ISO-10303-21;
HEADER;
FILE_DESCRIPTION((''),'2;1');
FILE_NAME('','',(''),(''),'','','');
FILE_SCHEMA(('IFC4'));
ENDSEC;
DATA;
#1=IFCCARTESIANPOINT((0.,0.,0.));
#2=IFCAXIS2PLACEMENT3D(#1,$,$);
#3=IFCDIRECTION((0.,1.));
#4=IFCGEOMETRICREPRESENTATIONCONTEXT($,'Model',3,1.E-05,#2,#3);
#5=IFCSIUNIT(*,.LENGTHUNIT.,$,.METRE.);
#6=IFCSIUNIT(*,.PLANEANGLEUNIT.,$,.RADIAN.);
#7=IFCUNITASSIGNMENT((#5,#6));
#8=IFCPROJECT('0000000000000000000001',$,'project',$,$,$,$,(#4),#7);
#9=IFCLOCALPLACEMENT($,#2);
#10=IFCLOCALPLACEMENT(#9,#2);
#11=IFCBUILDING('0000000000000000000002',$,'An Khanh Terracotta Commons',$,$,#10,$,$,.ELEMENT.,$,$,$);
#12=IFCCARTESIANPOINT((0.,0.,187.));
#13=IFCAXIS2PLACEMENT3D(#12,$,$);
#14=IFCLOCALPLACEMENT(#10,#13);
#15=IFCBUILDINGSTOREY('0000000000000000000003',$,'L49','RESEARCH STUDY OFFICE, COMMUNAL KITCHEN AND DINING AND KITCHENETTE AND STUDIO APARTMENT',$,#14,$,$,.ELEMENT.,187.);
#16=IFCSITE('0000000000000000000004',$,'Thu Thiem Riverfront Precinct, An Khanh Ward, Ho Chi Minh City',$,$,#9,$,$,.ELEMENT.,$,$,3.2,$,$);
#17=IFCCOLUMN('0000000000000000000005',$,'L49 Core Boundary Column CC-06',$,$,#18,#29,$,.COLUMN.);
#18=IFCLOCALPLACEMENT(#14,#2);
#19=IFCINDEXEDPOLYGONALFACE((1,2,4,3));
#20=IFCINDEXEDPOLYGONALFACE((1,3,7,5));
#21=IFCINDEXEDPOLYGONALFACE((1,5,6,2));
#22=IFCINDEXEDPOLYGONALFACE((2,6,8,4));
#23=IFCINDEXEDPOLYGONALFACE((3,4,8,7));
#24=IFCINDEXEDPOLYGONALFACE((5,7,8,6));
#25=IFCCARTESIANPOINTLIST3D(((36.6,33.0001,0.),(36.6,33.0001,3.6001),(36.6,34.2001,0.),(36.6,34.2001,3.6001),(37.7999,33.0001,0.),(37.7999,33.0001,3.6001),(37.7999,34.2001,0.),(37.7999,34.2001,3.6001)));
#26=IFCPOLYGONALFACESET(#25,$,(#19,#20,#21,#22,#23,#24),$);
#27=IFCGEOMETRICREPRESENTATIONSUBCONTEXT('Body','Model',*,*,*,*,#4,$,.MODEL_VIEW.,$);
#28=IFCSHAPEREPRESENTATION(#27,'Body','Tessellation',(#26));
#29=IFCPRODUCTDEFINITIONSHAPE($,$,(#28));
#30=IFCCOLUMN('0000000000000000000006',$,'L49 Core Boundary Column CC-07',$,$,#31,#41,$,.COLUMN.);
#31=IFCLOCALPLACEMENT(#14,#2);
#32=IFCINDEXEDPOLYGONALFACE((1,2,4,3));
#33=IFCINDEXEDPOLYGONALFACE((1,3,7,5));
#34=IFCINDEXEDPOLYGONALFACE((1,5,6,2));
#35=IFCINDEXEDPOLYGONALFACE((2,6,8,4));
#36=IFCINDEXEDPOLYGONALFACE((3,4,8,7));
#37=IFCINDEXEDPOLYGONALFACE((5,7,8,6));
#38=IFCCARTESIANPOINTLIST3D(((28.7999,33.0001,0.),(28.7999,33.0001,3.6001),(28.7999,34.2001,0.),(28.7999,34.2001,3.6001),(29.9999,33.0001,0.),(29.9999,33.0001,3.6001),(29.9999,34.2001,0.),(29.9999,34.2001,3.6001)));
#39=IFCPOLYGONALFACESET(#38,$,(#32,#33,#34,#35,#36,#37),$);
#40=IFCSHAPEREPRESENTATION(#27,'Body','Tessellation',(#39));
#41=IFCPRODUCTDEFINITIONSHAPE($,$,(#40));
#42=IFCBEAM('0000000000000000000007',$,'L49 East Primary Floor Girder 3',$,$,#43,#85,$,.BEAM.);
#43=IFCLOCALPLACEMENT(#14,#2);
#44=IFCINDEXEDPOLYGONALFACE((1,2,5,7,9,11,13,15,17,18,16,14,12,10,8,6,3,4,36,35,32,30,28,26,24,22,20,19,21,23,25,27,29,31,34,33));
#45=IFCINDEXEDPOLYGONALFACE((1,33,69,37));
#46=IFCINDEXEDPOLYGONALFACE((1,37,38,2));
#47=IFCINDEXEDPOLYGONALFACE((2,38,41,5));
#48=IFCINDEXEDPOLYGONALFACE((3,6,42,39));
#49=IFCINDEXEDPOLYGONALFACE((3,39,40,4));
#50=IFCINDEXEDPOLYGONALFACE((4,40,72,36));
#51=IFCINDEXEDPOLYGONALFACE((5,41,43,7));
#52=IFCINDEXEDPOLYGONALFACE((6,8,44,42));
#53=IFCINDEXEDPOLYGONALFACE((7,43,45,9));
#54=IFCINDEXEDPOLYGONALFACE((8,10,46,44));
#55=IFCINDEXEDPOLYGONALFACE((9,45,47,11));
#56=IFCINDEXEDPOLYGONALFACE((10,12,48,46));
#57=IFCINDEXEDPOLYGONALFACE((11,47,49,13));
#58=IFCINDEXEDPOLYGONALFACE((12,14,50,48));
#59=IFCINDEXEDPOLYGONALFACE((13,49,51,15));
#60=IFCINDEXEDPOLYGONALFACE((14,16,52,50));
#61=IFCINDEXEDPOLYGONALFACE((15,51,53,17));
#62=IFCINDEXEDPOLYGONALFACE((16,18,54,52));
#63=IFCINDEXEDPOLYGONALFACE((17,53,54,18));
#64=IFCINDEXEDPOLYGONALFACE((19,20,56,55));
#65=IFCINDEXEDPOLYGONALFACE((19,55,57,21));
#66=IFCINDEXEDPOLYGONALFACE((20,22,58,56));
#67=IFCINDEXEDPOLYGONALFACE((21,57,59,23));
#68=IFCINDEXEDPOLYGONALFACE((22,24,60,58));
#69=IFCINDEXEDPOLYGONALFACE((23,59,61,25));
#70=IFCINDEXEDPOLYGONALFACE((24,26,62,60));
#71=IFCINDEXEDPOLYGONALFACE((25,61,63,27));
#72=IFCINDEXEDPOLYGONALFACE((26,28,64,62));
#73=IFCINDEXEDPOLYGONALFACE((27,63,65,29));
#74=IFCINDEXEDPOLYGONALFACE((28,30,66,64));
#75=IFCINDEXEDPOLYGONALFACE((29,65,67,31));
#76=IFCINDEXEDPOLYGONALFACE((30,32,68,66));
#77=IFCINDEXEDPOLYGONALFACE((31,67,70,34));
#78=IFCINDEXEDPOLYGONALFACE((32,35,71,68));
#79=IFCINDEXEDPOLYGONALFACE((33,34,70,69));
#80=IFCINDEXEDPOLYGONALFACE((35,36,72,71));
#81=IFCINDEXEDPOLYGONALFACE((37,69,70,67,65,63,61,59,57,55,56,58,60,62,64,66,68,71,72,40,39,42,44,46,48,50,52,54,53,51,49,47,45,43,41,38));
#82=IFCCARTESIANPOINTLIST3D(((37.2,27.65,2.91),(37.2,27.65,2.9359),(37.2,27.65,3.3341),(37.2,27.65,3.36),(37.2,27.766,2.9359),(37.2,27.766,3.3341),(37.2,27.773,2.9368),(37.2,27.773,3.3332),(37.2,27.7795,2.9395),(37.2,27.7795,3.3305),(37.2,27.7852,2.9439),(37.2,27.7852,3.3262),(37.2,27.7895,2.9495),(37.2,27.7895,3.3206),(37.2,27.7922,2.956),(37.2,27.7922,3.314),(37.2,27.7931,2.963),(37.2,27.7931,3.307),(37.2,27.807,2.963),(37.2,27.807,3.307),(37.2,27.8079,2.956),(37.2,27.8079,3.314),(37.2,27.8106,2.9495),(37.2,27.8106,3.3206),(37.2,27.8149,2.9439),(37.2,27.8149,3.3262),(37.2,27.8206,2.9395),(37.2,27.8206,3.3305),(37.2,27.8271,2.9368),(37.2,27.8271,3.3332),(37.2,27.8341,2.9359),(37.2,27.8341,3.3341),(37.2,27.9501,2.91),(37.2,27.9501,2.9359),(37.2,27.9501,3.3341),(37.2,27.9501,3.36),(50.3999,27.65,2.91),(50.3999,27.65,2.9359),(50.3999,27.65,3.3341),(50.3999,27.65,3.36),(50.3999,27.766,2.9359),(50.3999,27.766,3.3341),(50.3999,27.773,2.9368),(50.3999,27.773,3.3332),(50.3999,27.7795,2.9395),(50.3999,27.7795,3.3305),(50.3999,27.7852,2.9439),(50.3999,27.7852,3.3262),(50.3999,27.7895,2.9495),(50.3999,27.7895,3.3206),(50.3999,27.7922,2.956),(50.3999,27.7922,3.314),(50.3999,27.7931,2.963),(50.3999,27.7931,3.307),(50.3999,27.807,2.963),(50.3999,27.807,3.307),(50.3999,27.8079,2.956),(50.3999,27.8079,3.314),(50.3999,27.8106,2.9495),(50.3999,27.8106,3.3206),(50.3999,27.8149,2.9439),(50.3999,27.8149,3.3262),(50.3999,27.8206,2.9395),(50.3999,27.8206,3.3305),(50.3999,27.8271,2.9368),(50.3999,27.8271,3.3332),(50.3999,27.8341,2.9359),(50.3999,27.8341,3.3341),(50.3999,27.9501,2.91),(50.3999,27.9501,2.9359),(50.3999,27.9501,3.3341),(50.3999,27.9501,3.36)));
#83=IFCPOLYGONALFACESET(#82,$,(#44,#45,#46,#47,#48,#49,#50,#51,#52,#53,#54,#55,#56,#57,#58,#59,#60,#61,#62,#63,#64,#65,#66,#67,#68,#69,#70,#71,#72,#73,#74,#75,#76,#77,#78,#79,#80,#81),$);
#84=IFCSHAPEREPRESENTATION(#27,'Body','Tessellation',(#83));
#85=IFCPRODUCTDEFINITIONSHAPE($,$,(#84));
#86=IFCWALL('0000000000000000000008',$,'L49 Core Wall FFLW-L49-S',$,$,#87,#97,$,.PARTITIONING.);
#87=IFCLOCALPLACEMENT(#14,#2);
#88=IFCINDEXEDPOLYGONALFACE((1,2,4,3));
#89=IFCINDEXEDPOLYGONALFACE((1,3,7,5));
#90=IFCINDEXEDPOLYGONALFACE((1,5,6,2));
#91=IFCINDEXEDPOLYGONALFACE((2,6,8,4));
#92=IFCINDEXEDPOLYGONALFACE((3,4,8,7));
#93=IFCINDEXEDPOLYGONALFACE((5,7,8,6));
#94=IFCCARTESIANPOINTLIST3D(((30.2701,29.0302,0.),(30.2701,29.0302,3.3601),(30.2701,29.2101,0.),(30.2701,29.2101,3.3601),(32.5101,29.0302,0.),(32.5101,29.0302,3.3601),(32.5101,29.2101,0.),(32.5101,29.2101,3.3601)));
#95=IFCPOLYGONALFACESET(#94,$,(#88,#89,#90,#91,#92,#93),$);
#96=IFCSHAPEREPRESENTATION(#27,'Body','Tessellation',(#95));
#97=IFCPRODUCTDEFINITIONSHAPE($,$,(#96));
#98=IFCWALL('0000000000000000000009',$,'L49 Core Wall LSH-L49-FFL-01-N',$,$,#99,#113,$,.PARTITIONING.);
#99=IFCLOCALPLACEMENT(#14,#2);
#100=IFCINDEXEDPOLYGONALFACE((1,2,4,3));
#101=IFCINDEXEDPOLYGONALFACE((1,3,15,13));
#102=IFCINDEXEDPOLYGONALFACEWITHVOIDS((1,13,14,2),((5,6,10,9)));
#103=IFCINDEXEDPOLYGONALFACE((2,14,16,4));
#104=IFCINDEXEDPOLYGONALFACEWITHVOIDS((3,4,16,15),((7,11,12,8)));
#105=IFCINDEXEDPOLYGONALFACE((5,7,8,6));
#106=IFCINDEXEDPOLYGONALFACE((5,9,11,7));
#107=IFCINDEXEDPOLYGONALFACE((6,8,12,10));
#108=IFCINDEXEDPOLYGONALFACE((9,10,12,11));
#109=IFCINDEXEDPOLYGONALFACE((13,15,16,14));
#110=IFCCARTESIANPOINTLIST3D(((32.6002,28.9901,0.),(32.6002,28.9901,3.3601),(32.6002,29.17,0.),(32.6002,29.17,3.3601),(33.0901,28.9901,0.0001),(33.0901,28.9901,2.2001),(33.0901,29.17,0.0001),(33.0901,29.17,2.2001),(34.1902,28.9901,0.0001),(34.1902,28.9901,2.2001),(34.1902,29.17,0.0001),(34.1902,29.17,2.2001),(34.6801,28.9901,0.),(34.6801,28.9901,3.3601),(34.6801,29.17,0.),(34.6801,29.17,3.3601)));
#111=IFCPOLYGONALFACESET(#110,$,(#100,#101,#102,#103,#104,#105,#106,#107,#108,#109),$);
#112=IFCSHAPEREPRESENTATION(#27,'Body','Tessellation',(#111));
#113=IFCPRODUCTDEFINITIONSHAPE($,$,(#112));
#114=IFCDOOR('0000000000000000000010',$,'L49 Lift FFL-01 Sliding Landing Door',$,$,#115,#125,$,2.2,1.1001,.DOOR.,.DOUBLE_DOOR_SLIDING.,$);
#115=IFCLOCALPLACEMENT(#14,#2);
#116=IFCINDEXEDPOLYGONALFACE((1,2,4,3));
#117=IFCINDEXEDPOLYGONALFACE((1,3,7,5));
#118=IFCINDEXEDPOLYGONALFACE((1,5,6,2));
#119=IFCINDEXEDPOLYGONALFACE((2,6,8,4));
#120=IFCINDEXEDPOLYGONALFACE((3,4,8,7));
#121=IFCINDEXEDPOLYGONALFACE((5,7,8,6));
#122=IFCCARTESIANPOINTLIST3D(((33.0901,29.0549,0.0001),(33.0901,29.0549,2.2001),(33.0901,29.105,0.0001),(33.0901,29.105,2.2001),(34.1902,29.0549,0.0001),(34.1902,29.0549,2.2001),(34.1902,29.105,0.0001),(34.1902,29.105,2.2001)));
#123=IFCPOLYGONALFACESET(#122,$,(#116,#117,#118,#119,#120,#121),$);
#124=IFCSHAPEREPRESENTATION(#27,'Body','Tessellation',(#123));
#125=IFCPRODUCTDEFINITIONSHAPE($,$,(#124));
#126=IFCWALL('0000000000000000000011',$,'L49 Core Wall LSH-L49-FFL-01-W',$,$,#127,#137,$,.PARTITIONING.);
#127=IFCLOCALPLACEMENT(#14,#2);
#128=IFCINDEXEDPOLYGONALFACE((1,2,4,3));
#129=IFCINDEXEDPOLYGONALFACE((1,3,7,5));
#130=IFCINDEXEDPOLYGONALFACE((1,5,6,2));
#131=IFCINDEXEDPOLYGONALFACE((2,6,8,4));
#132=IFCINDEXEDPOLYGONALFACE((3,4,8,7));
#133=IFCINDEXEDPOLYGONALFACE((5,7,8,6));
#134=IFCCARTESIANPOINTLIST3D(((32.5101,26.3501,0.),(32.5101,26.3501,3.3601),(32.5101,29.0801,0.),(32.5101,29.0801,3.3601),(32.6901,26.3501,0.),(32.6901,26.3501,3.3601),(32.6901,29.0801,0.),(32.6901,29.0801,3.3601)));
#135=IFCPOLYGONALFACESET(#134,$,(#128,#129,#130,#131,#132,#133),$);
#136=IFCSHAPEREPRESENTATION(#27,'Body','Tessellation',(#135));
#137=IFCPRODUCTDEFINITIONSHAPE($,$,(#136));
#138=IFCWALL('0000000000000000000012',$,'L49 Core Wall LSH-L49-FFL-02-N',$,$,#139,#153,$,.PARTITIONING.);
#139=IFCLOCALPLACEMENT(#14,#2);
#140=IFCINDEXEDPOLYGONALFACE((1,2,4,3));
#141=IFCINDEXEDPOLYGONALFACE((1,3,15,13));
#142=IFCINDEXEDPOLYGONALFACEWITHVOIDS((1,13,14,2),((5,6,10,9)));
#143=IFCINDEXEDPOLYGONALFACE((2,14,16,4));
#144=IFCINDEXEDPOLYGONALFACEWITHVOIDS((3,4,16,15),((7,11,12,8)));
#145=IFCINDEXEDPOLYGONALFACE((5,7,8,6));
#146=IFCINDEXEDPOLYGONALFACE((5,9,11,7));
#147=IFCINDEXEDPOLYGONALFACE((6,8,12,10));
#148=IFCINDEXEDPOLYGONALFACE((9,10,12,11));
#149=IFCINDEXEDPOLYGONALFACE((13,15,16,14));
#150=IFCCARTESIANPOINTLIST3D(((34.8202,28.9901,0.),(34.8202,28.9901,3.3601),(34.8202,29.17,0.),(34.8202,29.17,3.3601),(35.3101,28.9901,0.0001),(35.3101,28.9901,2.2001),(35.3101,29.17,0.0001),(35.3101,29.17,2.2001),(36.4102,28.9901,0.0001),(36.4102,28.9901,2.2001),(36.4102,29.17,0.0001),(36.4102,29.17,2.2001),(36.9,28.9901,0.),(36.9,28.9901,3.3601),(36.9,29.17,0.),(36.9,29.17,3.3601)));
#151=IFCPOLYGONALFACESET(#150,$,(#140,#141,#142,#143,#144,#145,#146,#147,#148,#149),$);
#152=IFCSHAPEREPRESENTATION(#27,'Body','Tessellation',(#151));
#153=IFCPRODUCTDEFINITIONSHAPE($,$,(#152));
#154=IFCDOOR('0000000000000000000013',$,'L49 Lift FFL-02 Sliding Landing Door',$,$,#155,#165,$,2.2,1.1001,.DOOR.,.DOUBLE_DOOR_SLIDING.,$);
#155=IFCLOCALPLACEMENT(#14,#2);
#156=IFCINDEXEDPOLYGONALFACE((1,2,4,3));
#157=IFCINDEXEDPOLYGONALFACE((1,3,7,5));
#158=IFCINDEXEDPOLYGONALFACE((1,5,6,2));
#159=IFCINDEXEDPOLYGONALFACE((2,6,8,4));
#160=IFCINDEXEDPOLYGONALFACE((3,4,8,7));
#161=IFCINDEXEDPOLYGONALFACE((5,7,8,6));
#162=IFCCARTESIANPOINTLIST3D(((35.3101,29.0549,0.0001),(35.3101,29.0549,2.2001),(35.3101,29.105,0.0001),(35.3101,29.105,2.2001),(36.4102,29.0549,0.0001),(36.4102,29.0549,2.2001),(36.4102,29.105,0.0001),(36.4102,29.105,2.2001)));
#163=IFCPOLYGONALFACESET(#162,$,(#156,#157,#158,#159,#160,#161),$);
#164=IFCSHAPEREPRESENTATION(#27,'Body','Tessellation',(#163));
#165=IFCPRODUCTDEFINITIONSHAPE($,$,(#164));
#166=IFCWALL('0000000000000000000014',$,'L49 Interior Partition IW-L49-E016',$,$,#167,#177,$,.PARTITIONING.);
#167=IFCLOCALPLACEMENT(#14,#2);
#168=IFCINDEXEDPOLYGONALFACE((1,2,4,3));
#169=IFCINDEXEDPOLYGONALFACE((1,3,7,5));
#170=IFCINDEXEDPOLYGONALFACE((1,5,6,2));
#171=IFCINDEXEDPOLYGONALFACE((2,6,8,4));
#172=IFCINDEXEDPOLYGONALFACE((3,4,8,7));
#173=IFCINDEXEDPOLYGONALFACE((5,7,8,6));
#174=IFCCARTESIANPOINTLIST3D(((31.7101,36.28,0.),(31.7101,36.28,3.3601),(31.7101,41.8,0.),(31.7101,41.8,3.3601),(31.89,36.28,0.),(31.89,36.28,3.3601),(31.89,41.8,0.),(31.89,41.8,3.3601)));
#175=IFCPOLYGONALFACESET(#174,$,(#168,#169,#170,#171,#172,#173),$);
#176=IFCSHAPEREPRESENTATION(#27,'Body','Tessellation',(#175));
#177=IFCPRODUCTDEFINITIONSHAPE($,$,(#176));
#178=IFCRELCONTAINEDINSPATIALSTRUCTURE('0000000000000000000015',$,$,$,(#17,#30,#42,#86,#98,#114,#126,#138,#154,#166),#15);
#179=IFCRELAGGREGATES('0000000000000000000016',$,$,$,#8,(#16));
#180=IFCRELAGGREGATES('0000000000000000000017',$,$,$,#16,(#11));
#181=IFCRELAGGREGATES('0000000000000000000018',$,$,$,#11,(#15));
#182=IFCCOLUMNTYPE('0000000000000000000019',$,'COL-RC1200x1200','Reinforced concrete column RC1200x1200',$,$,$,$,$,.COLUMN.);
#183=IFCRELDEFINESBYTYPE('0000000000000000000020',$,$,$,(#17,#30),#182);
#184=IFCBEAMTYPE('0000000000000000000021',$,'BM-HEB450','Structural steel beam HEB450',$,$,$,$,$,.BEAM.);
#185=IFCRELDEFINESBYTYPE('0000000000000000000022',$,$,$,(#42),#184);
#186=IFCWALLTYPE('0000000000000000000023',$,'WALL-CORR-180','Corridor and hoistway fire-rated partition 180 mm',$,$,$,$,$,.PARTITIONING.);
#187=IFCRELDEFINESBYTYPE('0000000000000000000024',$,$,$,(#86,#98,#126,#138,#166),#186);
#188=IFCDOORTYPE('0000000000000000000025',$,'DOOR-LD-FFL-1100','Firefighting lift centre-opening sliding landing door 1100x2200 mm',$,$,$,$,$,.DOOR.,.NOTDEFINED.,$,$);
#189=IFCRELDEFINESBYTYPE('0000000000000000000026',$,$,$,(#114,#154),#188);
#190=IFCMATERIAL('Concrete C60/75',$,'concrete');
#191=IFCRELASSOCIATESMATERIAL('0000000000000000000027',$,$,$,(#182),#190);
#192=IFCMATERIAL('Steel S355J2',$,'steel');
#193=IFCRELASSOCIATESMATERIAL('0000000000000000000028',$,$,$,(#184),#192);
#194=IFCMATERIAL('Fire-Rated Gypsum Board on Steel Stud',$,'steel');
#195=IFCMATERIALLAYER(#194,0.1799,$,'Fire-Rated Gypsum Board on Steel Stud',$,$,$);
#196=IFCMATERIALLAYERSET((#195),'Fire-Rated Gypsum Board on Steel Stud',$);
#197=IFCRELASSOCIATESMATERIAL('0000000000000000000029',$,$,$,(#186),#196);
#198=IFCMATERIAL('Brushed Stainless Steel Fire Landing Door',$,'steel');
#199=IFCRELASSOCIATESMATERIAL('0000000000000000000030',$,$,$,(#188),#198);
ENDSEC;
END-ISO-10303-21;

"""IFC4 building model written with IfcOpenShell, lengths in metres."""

from ifc_helpers import new_model, si_unit, direction, frame, frame_2d, origin, origin_2d, place, context, subcontext, project, spatial, rectangle, i_section, extrude, material, layer, layer_set, material_profile, profile_set, type_object, element, fill, save


model = new_model("IFC4")

# Units and contexts
model_context = context("Model", 3, precision=1e-05, world=origin(), true_north=direction((0.0, 1.0)))
body_context = subcontext(model_context, "Body", "Model", "MODEL_VIEW")
ifc_project = project(units=[si_unit("LENGTHUNIT", "METRE"), si_unit("PLANEANGLEUNIT", "RADIAN")], contexts=[model_context])

# Site, building, storey
site_placement = place(None, origin())
site = spatial("IfcSite", under=ifc_project, at=site_placement, Name="Thu Thiem Riverfront Precinct, An Khanh Ward, Ho Chi Minh City", CompositionType="ELEMENT", RefElevation=3.2)
building_placement = place(site_placement, origin())
building = spatial("IfcBuilding", under=site, at=building_placement, Name="An Khanh Terracotta Commons", CompositionType="ELEMENT")
storey_placement = place(building_placement, frame((0.0, 0.0, 187.0)))
storey = spatial("IfcBuildingStorey", under=building, at=storey_placement, Name="L49", Description="RESEARCH STUDY OFFICE, COMMUNAL KITCHEN AND DINING AND KITCHENETTE AND STUDIO APARTMENT", CompositionType="ELEMENT", Elevation=187.0)

# Columns
ifc_material_1 = material(Name="Concrete C60/75", Category="concrete")
ifc_material_profile_1 = material_profile(ifc_material_1, rectangle(XDim=1.2, YDim=1.2, at=origin_2d()), Name="RC1200x1200")
ifc_profile_set_1 = profile_set([ifc_material_profile_1], Name="Concrete C60/75")
column_type = type_object("IfcColumnType", Name="COL-RC1200x1200", Description="Reinforced concrete column RC1200x1200", PredefinedType="COLUMN", material=ifc_profile_set_1)
for number, where, z_axis, x_axis, name in (
    (1, (37.2, 33.6001, 0.0), (0.0, 0.0, 1.0), (1.0, 0.0, 0.0), "L49 Core Boundary Column CC-06"),
    (2, (29.3999, 33.6001, 0.0), (0.0, 0.0, 1.0), (1.0, 0.0, 0.0), "L49 Core Boundary Column CC-07"),
):
    element("IfcColumn", number, at=place(storey_placement, frame(where, z_axis=z_axis, x_axis=x_axis)), inside=storey, type_object=column_type, Name=name, PredefinedType="COLUMN", context=body_context, shape_type="SweptSolid", body=[
        extrude(rectangle(XDim=1.2, YDim=1.2, at=origin_2d()), origin(), (0.0, 0.0, 1.0), 3.6001),
    ])

# Beam
ifc_material_2 = material(Name="Steel S355J2", Category="steel")
ifc_material_profile_2 = material_profile(ifc_material_2, i_section(OverallWidth=0.3, OverallDepth=0.45, WebThickness=0.0139, FlangeThickness=0.0259, FilletRadius=0.0271, at=origin_2d()), Name="HEB450")
ifc_profile_set_2 = profile_set([ifc_material_profile_2], Name="Steel S355J2")
beam_type = type_object("IfcBeamType", Name="BM-HEB450", Description="Structural steel beam HEB450", PredefinedType="BEAM", material=ifc_profile_set_2)
beam_placement = place(storey_placement, frame((37.2, 27.8, 3.135), z_axis=(1.0, 0.0, 0.0), x_axis=(0.0, 1.0, 0.0)))
element("IfcBeam", 3, at=beam_placement, inside=storey, type_object=beam_type, Name="L49 East Primary Floor Girder 3", PredefinedType="BEAM", context=body_context, shape_type="SweptSolid", body=[
    extrude(i_section(OverallWidth=0.3, OverallDepth=0.45, WebThickness=0.0139, FlangeThickness=0.0259, FilletRadius=0.0271, at=origin_2d()), origin(), (0.0, 0.0, 1.0), 13.2),
])

# Wall
ifc_material_3 = material(Name="Fire-Rated Gypsum Board on Steel Stud", Category="steel")
ifc_layer_1 = layer(ifc_material_3, 0.1799, Name="Fire-Rated Gypsum Board on Steel Stud")
ifc_layer_set_1 = layer_set([ifc_layer_1], Name="Fire-Rated Gypsum Board on Steel Stud")
wall_type_1 = type_object("IfcWallType", Name="WALL-CORR-180", Description="Corridor and hoistway fire-rated partition 180 mm", PredefinedType="PARTITIONING", material=ifc_layer_set_1)
wall_1_placement = place(storey_placement, frame((30.27, 29.1201, 0.0), z_axis=(0.0, 0.0, 1.0), x_axis=(1.0, 0.0, 0.0)))
element("IfcWall", 4, at=wall_1_placement, inside=storey, type_object=wall_type_1, Name="L49 Core Wall FFLW-L49-S", PredefinedType="PARTITIONING", context=body_context, shape_type="SweptSolid", body=[
    extrude(rectangle(XDim=2.24, YDim=0.1799, at=frame_2d((1.1201, 0.0))), origin(), (0.0, 0.0, 1.0), 3.3601),
])

# Wall, opening, door
wall_2_placement = place(storey_placement, frame((32.6001, 29.0801, 0.0), z_axis=(0.0, 0.0, 1.0), x_axis=(1.0, 0.0, 0.0)))
wall_2 = element("IfcWall", 5, at=wall_2_placement, inside=storey, type_object=wall_type_1, Name="L49 Core Wall LSH-L49-FFL-01-N", PredefinedType="PARTITIONING", context=body_context, shape_type="SweptSolid", body=[
    extrude(rectangle(XDim=2.0798, YDim=0.1799, at=frame_2d((1.04, 0.0))), origin(), (0.0, 0.0, 1.0), 3.3601),
])
opening_1_placement = place(wall_2_placement, frame((0.49, 0.0, 0.0)))
opening_1 = element("IfcOpeningElement", 6, at=opening_1_placement, cuts=wall_2, PredefinedType="OPENING", context=body_context, shape_type="SweptSolid", body=[
    extrude(rectangle(XDim=1.1001, YDim=2.2, at=frame_2d((0.55, 1.1001))), frame((0.0, 0.0999, 0.0), z_axis=(0.0, -1.0, 0.0), x_axis=(1.0, 0.0, 0.0)), (0.0, 0.0, 1.0), 0.2),
])
ifc_material_4 = material(Name="Brushed Stainless Steel Fire Landing Door", Category="steel")
door_type_1 = type_object("IfcDoorType", Name="DOOR-LD-FFL-1100", Description="Firefighting lift centre-opening sliding landing door 1100x2200 mm", OperationType="NOTDEFINED", PredefinedType="DOOR", material=ifc_material_4)
door_1_placement = place(opening_1_placement, origin())
door_1 = element("IfcDoor", 7, at=door_1_placement, inside=storey, type_object=door_type_1, Name="L49 Lift FFL-01 Sliding Landing Door", OperationType="DOUBLE_DOOR_SLIDING", OverallHeight=2.2, OverallWidth=1.1001, PredefinedType="DOOR", context=body_context, shape_type="SweptSolid", body=[
    extrude(rectangle(XDim=1.1001, YDim=2.2, at=frame_2d((0.55, 1.1001))), frame((0.0, 0.0249, 0.0), z_axis=(0.0, -1.0, 0.0), x_axis=(1.0, 0.0, 0.0)), (0.0, 0.0, 1.0), 0.05),
])
fill(opening_1, door_1)

# Wall
wall_3_placement = place(storey_placement, frame((32.6001, 29.0801, 0.0), z_axis=(0.0, 0.0, 1.0), x_axis=(0.0, -1.0, 0.0)))
element("IfcWall", 8, at=wall_3_placement, inside=storey, type_object=wall_type_1, Name="L49 Core Wall LSH-L49-FFL-01-W", PredefinedType="PARTITIONING", context=body_context, shape_type="SweptSolid", body=[
    extrude(rectangle(XDim=2.73, YDim=0.1799, at=frame_2d((1.365, 0.0))), origin(), (0.0, 0.0, 1.0), 3.3601),
])

# Wall, opening, door
wall_4_placement = place(storey_placement, frame((34.8201, 29.0801, 0.0), z_axis=(0.0, 0.0, 1.0), x_axis=(1.0, 0.0, 0.0)))
wall_4 = element("IfcWall", 9, at=wall_4_placement, inside=storey, type_object=wall_type_1, Name="L49 Core Wall LSH-L49-FFL-02-N", PredefinedType="PARTITIONING", context=body_context, shape_type="SweptSolid", body=[
    extrude(rectangle(XDim=2.0798, YDim=0.1799, at=frame_2d((1.04, 0.0))), origin(), (0.0, 0.0, 1.0), 3.3601),
])
opening_2_placement = place(wall_4_placement, frame((0.49, 0.0, 0.0)))
opening_2 = element("IfcOpeningElement", 10, at=opening_2_placement, cuts=wall_4, PredefinedType="OPENING", context=body_context, shape_type="SweptSolid", body=[
    extrude(rectangle(XDim=1.1001, YDim=2.2, at=frame_2d((0.55, 1.1001))), frame((0.0, 0.0999, 0.0), z_axis=(0.0, -1.0, 0.0), x_axis=(1.0, 0.0, 0.0)), (0.0, 0.0, 1.0), 0.2),
])
door_2_placement = place(opening_2_placement, origin())
door_2 = element("IfcDoor", 11, at=door_2_placement, inside=storey, type_object=door_type_1, Name="L49 Lift FFL-02 Sliding Landing Door", OperationType="DOUBLE_DOOR_SLIDING", OverallHeight=2.2, OverallWidth=1.1001, PredefinedType="DOOR", context=body_context, shape_type="SweptSolid", body=[
    extrude(rectangle(XDim=1.1001, YDim=2.2, at=frame_2d((0.55, 1.1001))), frame((0.0, 0.0249, 0.0), z_axis=(0.0, -1.0, 0.0), x_axis=(1.0, 0.0, 0.0)), (0.0, 0.0, 1.0), 0.05),
])
fill(opening_2, door_2)

# Wall
wall_5_placement = place(storey_placement, frame((31.8, 36.28, 0.0), z_axis=(0.0, 0.0, 1.0), x_axis=(0.0, 1.0, 0.0)))
element("IfcWall", 12, at=wall_5_placement, inside=storey, type_object=wall_type_1, Name="L49 Interior Partition IW-L49-E016", PredefinedType="PARTITIONING", context=body_context, shape_type="SweptSolid", body=[
    extrude(rectangle(XDim=5.52, YDim=0.1799, at=frame_2d((2.76, 0.0))), origin(), (0.0, 0.0, 1.0), 3.3601),
])

save(model, "model.ifc")
